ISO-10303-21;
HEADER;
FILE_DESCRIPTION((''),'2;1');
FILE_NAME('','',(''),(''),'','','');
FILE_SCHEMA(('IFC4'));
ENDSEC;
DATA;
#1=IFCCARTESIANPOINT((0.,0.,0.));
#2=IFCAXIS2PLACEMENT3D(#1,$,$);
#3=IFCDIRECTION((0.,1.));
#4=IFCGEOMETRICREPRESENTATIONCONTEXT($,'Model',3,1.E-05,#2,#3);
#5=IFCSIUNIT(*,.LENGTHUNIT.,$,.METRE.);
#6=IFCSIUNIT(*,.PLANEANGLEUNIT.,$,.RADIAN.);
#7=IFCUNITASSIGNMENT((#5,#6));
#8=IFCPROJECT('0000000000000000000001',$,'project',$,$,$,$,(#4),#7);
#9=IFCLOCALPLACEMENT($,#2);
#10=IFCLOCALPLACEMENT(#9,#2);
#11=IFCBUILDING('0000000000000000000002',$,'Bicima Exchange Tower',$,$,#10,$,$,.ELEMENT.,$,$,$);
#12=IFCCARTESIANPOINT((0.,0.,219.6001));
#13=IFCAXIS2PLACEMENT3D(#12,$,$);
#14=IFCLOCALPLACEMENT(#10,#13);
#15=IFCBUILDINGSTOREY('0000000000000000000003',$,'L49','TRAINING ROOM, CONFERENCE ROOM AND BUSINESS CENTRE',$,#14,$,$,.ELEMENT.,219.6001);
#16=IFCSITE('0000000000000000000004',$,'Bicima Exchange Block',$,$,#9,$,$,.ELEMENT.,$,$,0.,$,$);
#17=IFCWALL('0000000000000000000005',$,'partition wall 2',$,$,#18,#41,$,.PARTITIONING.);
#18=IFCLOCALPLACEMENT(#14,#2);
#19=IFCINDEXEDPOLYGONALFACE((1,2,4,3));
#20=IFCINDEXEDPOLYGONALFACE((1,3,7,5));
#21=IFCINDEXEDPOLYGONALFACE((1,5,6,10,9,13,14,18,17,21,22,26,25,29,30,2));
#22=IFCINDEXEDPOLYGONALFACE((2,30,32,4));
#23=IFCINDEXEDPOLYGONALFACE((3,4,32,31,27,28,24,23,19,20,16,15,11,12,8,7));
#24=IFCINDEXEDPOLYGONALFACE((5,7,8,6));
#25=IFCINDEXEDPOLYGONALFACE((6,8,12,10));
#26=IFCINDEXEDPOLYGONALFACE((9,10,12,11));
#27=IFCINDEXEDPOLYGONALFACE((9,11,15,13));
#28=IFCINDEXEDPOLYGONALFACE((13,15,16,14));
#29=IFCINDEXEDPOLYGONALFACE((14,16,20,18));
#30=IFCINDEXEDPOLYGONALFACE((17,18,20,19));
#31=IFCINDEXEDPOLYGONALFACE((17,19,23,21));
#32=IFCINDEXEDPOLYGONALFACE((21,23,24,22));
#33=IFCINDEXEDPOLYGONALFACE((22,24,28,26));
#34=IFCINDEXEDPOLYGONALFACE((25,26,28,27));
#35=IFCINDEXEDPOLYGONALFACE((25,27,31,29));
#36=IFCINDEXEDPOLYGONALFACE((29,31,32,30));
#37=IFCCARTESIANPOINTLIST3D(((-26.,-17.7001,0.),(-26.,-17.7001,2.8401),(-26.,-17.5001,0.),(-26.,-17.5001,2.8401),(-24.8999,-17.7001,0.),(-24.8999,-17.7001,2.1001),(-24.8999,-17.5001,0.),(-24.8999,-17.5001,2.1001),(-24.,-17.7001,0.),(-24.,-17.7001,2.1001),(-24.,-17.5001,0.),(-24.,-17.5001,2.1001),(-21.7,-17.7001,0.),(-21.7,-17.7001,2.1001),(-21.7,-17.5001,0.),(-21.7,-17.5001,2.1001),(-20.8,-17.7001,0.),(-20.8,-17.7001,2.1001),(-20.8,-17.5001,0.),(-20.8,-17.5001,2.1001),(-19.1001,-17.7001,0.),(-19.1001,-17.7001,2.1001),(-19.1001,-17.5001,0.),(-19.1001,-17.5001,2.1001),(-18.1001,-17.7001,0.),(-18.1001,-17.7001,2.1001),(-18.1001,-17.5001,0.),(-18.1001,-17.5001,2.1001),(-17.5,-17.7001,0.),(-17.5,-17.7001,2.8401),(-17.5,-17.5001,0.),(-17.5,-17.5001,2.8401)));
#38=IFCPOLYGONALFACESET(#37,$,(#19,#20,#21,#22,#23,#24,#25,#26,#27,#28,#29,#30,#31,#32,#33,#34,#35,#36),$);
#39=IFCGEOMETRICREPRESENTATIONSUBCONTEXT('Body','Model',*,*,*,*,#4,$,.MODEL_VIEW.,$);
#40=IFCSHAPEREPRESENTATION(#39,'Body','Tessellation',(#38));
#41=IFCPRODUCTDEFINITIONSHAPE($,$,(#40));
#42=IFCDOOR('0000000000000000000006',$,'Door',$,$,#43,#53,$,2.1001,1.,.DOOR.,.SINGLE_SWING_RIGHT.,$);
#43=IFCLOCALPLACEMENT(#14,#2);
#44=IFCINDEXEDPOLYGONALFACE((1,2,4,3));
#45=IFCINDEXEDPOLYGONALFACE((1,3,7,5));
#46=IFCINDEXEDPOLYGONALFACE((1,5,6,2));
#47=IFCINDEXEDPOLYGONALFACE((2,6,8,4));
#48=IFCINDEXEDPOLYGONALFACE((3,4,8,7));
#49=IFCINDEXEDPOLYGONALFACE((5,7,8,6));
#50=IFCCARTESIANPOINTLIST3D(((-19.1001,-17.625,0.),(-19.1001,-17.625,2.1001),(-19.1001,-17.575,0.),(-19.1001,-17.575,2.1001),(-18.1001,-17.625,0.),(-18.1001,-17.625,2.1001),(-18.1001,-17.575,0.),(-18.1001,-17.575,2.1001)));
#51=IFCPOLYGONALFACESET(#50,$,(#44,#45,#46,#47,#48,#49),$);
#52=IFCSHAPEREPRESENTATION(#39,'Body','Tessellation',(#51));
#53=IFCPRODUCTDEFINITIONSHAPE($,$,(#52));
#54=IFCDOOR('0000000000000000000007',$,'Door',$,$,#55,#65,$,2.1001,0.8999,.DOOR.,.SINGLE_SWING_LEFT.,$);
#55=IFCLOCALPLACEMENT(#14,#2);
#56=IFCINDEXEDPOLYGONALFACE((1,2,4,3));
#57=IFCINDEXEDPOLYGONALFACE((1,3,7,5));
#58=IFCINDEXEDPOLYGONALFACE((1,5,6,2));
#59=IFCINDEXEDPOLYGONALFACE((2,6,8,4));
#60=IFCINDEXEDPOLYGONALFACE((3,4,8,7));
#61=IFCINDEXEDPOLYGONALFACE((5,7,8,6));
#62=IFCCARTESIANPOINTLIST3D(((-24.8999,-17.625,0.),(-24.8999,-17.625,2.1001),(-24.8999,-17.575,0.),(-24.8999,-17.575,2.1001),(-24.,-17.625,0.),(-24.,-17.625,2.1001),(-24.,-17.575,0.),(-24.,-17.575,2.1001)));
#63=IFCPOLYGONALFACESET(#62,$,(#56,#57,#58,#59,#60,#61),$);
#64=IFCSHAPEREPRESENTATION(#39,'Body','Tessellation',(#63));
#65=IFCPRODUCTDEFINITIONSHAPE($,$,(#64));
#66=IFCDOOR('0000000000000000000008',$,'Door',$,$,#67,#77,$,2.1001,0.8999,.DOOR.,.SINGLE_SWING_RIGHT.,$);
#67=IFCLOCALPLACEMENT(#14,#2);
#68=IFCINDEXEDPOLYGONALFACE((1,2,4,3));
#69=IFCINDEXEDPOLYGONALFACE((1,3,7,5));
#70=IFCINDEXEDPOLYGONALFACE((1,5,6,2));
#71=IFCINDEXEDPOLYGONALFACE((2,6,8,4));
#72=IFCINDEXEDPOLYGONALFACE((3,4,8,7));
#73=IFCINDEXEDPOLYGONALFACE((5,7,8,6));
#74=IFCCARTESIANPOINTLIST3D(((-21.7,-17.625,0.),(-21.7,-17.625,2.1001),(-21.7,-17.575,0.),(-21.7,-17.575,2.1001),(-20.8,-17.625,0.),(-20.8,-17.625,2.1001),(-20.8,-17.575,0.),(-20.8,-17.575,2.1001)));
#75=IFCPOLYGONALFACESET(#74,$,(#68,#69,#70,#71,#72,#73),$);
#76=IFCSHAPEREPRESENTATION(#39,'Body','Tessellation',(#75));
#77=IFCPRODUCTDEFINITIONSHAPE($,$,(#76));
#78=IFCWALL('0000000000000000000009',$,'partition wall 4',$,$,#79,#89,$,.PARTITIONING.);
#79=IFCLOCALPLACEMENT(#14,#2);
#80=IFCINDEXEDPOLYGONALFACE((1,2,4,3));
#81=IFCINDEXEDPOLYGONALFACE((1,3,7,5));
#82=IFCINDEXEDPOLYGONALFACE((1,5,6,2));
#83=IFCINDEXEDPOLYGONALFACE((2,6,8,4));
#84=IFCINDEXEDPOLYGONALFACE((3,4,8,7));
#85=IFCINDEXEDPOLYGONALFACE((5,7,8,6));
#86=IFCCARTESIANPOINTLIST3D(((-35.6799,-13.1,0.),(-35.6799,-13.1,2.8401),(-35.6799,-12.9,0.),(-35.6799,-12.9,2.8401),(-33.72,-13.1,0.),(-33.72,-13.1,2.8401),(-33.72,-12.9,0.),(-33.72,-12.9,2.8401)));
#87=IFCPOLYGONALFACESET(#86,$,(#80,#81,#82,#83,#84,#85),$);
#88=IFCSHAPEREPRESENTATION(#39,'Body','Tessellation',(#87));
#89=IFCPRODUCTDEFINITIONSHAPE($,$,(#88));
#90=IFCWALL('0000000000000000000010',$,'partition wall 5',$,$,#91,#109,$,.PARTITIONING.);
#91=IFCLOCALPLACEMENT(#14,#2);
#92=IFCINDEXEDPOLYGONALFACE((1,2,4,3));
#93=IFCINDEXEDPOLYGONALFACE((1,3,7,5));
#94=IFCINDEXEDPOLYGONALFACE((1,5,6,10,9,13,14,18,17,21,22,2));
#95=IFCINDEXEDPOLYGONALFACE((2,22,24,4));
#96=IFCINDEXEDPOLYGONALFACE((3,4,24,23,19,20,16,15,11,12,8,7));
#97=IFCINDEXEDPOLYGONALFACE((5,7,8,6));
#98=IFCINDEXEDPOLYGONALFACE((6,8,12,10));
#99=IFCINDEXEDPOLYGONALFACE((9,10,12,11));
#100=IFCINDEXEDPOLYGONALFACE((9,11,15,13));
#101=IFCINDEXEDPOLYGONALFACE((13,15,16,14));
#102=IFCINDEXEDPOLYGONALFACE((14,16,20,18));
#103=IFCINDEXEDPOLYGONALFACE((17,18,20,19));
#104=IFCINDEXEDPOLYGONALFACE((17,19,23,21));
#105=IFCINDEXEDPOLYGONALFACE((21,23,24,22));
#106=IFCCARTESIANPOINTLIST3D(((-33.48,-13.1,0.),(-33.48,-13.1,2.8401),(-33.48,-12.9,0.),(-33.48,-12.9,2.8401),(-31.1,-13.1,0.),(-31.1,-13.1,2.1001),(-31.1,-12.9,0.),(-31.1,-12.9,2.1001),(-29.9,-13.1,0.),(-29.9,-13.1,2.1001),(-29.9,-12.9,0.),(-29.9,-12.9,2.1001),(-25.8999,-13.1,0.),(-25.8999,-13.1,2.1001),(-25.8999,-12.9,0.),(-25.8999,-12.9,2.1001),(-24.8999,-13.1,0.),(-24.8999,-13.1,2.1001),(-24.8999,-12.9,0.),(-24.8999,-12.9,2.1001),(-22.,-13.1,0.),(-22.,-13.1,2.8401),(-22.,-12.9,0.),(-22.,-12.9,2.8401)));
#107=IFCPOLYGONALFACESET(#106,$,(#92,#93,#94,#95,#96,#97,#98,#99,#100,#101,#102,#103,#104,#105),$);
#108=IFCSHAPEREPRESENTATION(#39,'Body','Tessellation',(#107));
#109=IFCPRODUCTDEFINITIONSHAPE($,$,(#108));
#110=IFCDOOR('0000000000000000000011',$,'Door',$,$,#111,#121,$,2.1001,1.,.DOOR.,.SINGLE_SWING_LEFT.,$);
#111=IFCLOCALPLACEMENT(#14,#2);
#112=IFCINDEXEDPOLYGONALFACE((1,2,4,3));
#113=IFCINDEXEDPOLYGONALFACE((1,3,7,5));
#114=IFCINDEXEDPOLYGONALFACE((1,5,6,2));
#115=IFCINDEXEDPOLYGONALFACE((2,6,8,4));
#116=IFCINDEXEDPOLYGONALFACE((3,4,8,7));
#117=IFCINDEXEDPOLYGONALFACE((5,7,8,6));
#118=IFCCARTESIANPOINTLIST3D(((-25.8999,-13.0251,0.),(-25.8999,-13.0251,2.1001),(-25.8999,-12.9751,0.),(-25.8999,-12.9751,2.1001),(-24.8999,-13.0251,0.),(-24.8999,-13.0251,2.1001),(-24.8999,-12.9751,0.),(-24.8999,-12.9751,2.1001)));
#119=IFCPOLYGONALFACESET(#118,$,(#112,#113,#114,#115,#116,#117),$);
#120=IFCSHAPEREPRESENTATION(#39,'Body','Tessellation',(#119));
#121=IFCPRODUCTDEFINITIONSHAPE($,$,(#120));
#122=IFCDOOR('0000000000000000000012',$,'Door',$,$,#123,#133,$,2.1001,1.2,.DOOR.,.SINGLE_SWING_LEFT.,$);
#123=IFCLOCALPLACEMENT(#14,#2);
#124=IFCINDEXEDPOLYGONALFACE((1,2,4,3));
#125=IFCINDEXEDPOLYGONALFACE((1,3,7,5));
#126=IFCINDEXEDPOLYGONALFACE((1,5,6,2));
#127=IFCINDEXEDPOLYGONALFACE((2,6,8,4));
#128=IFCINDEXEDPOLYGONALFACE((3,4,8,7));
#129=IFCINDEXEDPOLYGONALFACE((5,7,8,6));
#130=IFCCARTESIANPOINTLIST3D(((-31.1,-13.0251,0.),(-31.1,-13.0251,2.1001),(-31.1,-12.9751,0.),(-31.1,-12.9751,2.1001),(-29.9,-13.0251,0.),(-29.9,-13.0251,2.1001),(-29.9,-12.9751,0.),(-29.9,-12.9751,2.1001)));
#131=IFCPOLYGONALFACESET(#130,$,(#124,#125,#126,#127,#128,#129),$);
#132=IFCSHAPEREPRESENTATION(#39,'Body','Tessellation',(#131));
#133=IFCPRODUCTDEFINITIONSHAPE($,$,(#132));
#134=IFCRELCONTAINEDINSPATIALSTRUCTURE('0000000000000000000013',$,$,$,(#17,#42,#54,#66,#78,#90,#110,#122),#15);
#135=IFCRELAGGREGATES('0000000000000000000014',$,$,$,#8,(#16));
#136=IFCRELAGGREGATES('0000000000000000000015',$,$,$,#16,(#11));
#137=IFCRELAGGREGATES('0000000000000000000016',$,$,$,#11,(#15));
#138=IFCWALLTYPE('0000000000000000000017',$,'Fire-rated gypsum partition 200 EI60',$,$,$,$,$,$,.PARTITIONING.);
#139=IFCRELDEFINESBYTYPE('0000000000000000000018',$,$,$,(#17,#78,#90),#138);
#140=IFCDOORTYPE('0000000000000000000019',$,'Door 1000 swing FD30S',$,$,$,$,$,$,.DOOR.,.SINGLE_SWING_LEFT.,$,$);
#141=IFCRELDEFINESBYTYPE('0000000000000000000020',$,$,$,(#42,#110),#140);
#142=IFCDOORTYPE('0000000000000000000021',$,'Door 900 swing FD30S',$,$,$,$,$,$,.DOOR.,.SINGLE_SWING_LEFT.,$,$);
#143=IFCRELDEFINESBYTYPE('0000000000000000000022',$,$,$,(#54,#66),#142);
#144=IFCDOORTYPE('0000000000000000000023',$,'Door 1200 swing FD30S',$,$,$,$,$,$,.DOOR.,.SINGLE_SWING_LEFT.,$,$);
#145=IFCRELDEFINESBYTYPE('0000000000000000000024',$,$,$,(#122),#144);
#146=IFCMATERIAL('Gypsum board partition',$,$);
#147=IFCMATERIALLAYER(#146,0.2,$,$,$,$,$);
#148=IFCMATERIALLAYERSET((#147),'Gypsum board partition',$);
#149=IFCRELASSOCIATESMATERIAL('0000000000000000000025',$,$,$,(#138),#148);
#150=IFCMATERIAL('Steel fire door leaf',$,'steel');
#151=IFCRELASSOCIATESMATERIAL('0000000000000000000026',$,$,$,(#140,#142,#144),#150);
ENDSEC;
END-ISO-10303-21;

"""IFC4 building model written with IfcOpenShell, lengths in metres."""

from ifc_helpers import new_model, si_unit, direction, frame, frame_2d, origin, place, context, subcontext, project, spatial, rectangle, extrude, material, layer, layer_set, type_object, element, fill, save


model = new_model("IFC4")

# Units and contexts
model_context = context("Model", 3, precision=1e-05, world=origin(), true_north=direction((0.0, 1.0)))
body_context = subcontext(model_context, "Body", "Model", "MODEL_VIEW")
ifc_project = project(units=[si_unit("LENGTHUNIT", "METRE"), si_unit("PLANEANGLEUNIT", "RADIAN")], contexts=[model_context])

# Site, building, storey
site_placement = place(None, origin())
site = spatial("IfcSite", under=ifc_project, at=site_placement, Name="Bicima Exchange Block", CompositionType="ELEMENT", RefElevation=0.0)
building_placement = place(site_placement, origin())
building = spatial("IfcBuilding", under=site, at=building_placement, Name="Bicima Exchange Tower", CompositionType="ELEMENT")
storey_placement = place(building_placement, frame((0.0, 0.0, 219.6001)))
storey = spatial("IfcBuildingStorey", under=building, at=storey_placement, Name="L49", Description="TRAINING ROOM, CONFERENCE ROOM AND BUSINESS CENTRE", CompositionType="ELEMENT", Elevation=219.6001)

# Wall, openings, doors
ifc_material_1 = material(Name="Gypsum board partition")
ifc_layer_1 = layer(ifc_material_1, 0.2)
ifc_layer_set_1 = layer_set([ifc_layer_1], Name="Gypsum board partition")
wall_type = type_object("IfcWallType", Name="Fire-rated gypsum partition 200 EI60", PredefinedType="PARTITIONING", material=ifc_layer_set_1)
wall_1_placement = place(storey_placement, frame((-26.0, -17.6001, 0.0), z_axis=(0.0, 0.0, 1.0), x_axis=(1.0, 0.0, 0.0)))
wall_1 = element("IfcWall", 1, at=wall_1_placement, inside=storey, type_object=wall_type, Name="partition wall 2", PredefinedType="PARTITIONING", context=body_context, shape_type="SweptSolid", body=[
    extrude(rectangle(XDim=8.5, YDim=0.2, at=frame_2d((4.25, 0.0))), origin(), (0.0, 0.0, 1.0), 2.8401),
])
opening_1_placement = place(wall_1_placement, frame((1.1001, 0.0, 0.0)))
opening_1 = element("IfcOpeningElement", 2, at=opening_1_placement, cuts=wall_1, PredefinedType="OPENING", context=body_context, shape_type="SweptSolid", body=[
    extrude(rectangle(XDim=0.8999, YDim=2.1001, at=frame_2d((0.45, 1.05))), frame((0.0, 0.1118, 0.0), z_axis=(0.0, -1.0, 0.0), x_axis=(1.0, 0.0, 0.0)), (0.0, 0.0, 1.0), 0.2239),
])
opening_2_placement = place(wall_1_placement, frame((4.3, 0.0, 0.0)))
opening_2 = element("IfcOpeningElement", 3, at=opening_2_placement, cuts=wall_1, PredefinedType="OPENING", context=body_context, shape_type="SweptSolid", body=[
    extrude(rectangle(XDim=0.8999, YDim=2.1001, at=frame_2d((0.45, 1.05))), frame((0.0, 0.1118, 0.0), z_axis=(0.0, -1.0, 0.0), x_axis=(1.0, 0.0, 0.0)), (0.0, 0.0, 1.0), 0.2239),
])
opening_3_placement = place(wall_1_placement, frame((6.8999, 0.0, 0.0)))
opening_3 = element("IfcOpeningElement", 4, at=opening_3_placement, cuts=wall_1, PredefinedType="OPENING", context=body_context, shape_type="SweptSolid", body=[
    extrude(rectangle(XDim=1.0, YDim=2.1001, at=frame_2d((0.5, 1.05))), frame((0.0, 0.1118, 0.0), z_axis=(0.0, -1.0, 0.0), x_axis=(1.0, 0.0, 0.0)), (0.0, 0.0, 1.0), 0.2239),
])
ifc_material_2 = material(Name="Steel fire door leaf", Category="steel")
door_type_1 = type_object("IfcDoorType", Name="Door 1000 swing FD30S", OperationType="SINGLE_SWING_LEFT", PredefinedType="DOOR", material=ifc_material_2)
door_1_placement = place(opening_3_placement, frame((1.0, 0.0, 0.0), z_axis=(0.0, 0.0, 1.0), x_axis=(-1.0, 0.0, 0.0)))
door_1 = element("IfcDoor", 5, at=door_1_placement, inside=storey, type_object=door_type_1, Name="Door", OperationType="SINGLE_SWING_RIGHT", OverallHeight=2.1001, OverallWidth=1.0, PredefinedType="DOOR", context=body_context, shape_type="SweptSolid", body=[
    extrude(rectangle(XDim=1.0, YDim=2.1001, at=frame_2d((0.5, 1.05))), frame((0.0, 0.0249, 0.0), z_axis=(0.0, -1.0, 0.0), x_axis=(1.0, 0.0, 0.0)), (0.0, 0.0, 1.0), 0.05),
])
fill(opening_3, door_1)
door_type_2 = type_object("IfcDoorType", Name="Door 900 swing FD30S", OperationType="SINGLE_SWING_LEFT", PredefinedType="DOOR", material=ifc_material_2)
door_2_placement = place(opening_1_placement, frame((0.8999, 0.0, 0.0), z_axis=(0.0, 0.0, 1.0), x_axis=(-1.0, 0.0, 0.0)))
door_2 = element("IfcDoor", 6, at=door_2_placement, inside=storey, type_object=door_type_2, Name="Door", OperationType="SINGLE_SWING_LEFT", OverallHeight=2.1001, OverallWidth=0.8999, PredefinedType="DOOR", context=body_context, shape_type="SweptSolid", body=[
    extrude(rectangle(XDim=0.8999, YDim=2.1001, at=frame_2d((0.45, 1.05))), frame((0.0, 0.0249, 0.0), z_axis=(0.0, -1.0, 0.0), x_axis=(1.0, 0.0, 0.0)), (0.0, 0.0, 1.0), 0.05),
])
fill(opening_1, door_2)
door_3_placement = place(opening_2_placement, frame((0.8999, 0.0, 0.0), z_axis=(0.0, 0.0, 1.0), x_axis=(-1.0, 0.0, 0.0)))
door_3 = element("IfcDoor", 7, at=door_3_placement, inside=storey, type_object=door_type_2, Name="Door", OperationType="SINGLE_SWING_RIGHT", OverallHeight=2.1001, OverallWidth=0.8999, PredefinedType="DOOR", context=body_context, shape_type="SweptSolid", body=[
    extrude(rectangle(XDim=0.8999, YDim=2.1001, at=frame_2d((0.45, 1.05))), frame((0.0, 0.0249, 0.0), z_axis=(0.0, -1.0, 0.0), x_axis=(1.0, 0.0, 0.0)), (0.0, 0.0, 1.0), 0.05),
])
fill(opening_2, door_3)

# Wall
wall_2_placement = place(storey_placement, frame((-35.6799, -13.0, 0.0), z_axis=(0.0, 0.0, 1.0), x_axis=(1.0, 0.0, 0.0)))
element("IfcWall", 8, at=wall_2_placement, inside=storey, type_object=wall_type, Name="partition wall 4", PredefinedType="PARTITIONING", context=body_context, shape_type="SweptSolid", body=[
    extrude(rectangle(XDim=1.96, YDim=0.2, at=frame_2d((0.98, 0.0))), origin(), (0.0, 0.0, 1.0), 2.8401),
])

# Wall, openings, doors
wall_3_placement = place(storey_placement, frame((-33.48, -13.0, 0.0), z_axis=(0.0, 0.0, 1.0), x_axis=(1.0, 0.0, 0.0)))
wall_3 = element("IfcWall", 9, at=wall_3_placement, inside=storey, type_object=wall_type, Name="partition wall 5", PredefinedType="PARTITIONING", context=body_context, shape_type="SweptSolid", body=[
    extrude(rectangle(XDim=11.48, YDim=0.2, at=frame_2d((5.74, 0.0))), origin(), (0.0, 0.0, 1.0), 2.8401),
])
opening_4_placement = place(wall_3_placement, frame((2.3799, 0.0, 0.0)))
opening_4 = element("IfcOpeningElement", 10, at=opening_4_placement, cuts=wall_3, PredefinedType="OPENING", context=body_context, shape_type="SweptSolid", body=[
    extrude(rectangle(XDim=1.2, YDim=2.1001, at=frame_2d((0.6001, 1.05))), frame((0.0, 0.1118, 0.0), z_axis=(0.0, -1.0, 0.0), x_axis=(1.0, 0.0, 0.0)), (0.0, 0.0, 1.0), 0.2239),
])
opening_5_placement = place(wall_3_placement, frame((7.5801, 0.0, 0.0)))
opening_5 = element("IfcOpeningElement", 11, at=opening_5_placement, cuts=wall_3, PredefinedType="OPENING", context=body_context, shape_type="SweptSolid", body=[
    extrude(rectangle(XDim=1.0, YDim=2.1001, at=frame_2d((0.5, 1.05))), frame((0.0, 0.1118, 0.0), z_axis=(0.0, -1.0, 0.0), x_axis=(1.0, 0.0, 0.0)), (0.0, 0.0, 1.0), 0.2239),
])
door_4_placement = place(opening_5_placement, origin())
door_4 = element("IfcDoor", 12, at=door_4_placement, inside=storey, type_object=door_type_1, Name="Door", OperationType="SINGLE_SWING_LEFT", OverallHeight=2.1001, OverallWidth=1.0, PredefinedType="DOOR", context=body_context, shape_type="SweptSolid", body=[
    extrude(rectangle(XDim=1.0, YDim=2.1001, at=frame_2d((0.5, 1.05))), frame((0.0, 0.0249, 0.0), z_axis=(0.0, -1.0, 0.0), x_axis=(1.0, 0.0, 0.0)), (0.0, 0.0, 1.0), 0.05),
])
fill(opening_5, door_4)
door_type_3 = type_object("IfcDoorType", Name="Door 1200 swing FD30S", OperationType="SINGLE_SWING_LEFT", PredefinedType="DOOR", material=ifc_material_2)
door_5_placement = place(opening_4_placement, origin())
door_5 = element("IfcDoor", 13, at=door_5_placement, inside=storey, type_object=door_type_3, Name="Door", OperationType="SINGLE_SWING_LEFT", OverallHeight=2.1001, OverallWidth=1.2, PredefinedType="DOOR", context=body_context, shape_type="SweptSolid", body=[
    extrude(rectangle(XDim=1.2, YDim=2.1001, at=frame_2d((0.6001, 1.05))), frame((0.0, 0.0249, 0.0), z_axis=(0.0, -1.0, 0.0), x_axis=(1.0, 0.0, 0.0)), (0.0, 0.0, 1.0), 0.05),
])
fill(opening_4, door_5)

save(model, "model.ifc")
